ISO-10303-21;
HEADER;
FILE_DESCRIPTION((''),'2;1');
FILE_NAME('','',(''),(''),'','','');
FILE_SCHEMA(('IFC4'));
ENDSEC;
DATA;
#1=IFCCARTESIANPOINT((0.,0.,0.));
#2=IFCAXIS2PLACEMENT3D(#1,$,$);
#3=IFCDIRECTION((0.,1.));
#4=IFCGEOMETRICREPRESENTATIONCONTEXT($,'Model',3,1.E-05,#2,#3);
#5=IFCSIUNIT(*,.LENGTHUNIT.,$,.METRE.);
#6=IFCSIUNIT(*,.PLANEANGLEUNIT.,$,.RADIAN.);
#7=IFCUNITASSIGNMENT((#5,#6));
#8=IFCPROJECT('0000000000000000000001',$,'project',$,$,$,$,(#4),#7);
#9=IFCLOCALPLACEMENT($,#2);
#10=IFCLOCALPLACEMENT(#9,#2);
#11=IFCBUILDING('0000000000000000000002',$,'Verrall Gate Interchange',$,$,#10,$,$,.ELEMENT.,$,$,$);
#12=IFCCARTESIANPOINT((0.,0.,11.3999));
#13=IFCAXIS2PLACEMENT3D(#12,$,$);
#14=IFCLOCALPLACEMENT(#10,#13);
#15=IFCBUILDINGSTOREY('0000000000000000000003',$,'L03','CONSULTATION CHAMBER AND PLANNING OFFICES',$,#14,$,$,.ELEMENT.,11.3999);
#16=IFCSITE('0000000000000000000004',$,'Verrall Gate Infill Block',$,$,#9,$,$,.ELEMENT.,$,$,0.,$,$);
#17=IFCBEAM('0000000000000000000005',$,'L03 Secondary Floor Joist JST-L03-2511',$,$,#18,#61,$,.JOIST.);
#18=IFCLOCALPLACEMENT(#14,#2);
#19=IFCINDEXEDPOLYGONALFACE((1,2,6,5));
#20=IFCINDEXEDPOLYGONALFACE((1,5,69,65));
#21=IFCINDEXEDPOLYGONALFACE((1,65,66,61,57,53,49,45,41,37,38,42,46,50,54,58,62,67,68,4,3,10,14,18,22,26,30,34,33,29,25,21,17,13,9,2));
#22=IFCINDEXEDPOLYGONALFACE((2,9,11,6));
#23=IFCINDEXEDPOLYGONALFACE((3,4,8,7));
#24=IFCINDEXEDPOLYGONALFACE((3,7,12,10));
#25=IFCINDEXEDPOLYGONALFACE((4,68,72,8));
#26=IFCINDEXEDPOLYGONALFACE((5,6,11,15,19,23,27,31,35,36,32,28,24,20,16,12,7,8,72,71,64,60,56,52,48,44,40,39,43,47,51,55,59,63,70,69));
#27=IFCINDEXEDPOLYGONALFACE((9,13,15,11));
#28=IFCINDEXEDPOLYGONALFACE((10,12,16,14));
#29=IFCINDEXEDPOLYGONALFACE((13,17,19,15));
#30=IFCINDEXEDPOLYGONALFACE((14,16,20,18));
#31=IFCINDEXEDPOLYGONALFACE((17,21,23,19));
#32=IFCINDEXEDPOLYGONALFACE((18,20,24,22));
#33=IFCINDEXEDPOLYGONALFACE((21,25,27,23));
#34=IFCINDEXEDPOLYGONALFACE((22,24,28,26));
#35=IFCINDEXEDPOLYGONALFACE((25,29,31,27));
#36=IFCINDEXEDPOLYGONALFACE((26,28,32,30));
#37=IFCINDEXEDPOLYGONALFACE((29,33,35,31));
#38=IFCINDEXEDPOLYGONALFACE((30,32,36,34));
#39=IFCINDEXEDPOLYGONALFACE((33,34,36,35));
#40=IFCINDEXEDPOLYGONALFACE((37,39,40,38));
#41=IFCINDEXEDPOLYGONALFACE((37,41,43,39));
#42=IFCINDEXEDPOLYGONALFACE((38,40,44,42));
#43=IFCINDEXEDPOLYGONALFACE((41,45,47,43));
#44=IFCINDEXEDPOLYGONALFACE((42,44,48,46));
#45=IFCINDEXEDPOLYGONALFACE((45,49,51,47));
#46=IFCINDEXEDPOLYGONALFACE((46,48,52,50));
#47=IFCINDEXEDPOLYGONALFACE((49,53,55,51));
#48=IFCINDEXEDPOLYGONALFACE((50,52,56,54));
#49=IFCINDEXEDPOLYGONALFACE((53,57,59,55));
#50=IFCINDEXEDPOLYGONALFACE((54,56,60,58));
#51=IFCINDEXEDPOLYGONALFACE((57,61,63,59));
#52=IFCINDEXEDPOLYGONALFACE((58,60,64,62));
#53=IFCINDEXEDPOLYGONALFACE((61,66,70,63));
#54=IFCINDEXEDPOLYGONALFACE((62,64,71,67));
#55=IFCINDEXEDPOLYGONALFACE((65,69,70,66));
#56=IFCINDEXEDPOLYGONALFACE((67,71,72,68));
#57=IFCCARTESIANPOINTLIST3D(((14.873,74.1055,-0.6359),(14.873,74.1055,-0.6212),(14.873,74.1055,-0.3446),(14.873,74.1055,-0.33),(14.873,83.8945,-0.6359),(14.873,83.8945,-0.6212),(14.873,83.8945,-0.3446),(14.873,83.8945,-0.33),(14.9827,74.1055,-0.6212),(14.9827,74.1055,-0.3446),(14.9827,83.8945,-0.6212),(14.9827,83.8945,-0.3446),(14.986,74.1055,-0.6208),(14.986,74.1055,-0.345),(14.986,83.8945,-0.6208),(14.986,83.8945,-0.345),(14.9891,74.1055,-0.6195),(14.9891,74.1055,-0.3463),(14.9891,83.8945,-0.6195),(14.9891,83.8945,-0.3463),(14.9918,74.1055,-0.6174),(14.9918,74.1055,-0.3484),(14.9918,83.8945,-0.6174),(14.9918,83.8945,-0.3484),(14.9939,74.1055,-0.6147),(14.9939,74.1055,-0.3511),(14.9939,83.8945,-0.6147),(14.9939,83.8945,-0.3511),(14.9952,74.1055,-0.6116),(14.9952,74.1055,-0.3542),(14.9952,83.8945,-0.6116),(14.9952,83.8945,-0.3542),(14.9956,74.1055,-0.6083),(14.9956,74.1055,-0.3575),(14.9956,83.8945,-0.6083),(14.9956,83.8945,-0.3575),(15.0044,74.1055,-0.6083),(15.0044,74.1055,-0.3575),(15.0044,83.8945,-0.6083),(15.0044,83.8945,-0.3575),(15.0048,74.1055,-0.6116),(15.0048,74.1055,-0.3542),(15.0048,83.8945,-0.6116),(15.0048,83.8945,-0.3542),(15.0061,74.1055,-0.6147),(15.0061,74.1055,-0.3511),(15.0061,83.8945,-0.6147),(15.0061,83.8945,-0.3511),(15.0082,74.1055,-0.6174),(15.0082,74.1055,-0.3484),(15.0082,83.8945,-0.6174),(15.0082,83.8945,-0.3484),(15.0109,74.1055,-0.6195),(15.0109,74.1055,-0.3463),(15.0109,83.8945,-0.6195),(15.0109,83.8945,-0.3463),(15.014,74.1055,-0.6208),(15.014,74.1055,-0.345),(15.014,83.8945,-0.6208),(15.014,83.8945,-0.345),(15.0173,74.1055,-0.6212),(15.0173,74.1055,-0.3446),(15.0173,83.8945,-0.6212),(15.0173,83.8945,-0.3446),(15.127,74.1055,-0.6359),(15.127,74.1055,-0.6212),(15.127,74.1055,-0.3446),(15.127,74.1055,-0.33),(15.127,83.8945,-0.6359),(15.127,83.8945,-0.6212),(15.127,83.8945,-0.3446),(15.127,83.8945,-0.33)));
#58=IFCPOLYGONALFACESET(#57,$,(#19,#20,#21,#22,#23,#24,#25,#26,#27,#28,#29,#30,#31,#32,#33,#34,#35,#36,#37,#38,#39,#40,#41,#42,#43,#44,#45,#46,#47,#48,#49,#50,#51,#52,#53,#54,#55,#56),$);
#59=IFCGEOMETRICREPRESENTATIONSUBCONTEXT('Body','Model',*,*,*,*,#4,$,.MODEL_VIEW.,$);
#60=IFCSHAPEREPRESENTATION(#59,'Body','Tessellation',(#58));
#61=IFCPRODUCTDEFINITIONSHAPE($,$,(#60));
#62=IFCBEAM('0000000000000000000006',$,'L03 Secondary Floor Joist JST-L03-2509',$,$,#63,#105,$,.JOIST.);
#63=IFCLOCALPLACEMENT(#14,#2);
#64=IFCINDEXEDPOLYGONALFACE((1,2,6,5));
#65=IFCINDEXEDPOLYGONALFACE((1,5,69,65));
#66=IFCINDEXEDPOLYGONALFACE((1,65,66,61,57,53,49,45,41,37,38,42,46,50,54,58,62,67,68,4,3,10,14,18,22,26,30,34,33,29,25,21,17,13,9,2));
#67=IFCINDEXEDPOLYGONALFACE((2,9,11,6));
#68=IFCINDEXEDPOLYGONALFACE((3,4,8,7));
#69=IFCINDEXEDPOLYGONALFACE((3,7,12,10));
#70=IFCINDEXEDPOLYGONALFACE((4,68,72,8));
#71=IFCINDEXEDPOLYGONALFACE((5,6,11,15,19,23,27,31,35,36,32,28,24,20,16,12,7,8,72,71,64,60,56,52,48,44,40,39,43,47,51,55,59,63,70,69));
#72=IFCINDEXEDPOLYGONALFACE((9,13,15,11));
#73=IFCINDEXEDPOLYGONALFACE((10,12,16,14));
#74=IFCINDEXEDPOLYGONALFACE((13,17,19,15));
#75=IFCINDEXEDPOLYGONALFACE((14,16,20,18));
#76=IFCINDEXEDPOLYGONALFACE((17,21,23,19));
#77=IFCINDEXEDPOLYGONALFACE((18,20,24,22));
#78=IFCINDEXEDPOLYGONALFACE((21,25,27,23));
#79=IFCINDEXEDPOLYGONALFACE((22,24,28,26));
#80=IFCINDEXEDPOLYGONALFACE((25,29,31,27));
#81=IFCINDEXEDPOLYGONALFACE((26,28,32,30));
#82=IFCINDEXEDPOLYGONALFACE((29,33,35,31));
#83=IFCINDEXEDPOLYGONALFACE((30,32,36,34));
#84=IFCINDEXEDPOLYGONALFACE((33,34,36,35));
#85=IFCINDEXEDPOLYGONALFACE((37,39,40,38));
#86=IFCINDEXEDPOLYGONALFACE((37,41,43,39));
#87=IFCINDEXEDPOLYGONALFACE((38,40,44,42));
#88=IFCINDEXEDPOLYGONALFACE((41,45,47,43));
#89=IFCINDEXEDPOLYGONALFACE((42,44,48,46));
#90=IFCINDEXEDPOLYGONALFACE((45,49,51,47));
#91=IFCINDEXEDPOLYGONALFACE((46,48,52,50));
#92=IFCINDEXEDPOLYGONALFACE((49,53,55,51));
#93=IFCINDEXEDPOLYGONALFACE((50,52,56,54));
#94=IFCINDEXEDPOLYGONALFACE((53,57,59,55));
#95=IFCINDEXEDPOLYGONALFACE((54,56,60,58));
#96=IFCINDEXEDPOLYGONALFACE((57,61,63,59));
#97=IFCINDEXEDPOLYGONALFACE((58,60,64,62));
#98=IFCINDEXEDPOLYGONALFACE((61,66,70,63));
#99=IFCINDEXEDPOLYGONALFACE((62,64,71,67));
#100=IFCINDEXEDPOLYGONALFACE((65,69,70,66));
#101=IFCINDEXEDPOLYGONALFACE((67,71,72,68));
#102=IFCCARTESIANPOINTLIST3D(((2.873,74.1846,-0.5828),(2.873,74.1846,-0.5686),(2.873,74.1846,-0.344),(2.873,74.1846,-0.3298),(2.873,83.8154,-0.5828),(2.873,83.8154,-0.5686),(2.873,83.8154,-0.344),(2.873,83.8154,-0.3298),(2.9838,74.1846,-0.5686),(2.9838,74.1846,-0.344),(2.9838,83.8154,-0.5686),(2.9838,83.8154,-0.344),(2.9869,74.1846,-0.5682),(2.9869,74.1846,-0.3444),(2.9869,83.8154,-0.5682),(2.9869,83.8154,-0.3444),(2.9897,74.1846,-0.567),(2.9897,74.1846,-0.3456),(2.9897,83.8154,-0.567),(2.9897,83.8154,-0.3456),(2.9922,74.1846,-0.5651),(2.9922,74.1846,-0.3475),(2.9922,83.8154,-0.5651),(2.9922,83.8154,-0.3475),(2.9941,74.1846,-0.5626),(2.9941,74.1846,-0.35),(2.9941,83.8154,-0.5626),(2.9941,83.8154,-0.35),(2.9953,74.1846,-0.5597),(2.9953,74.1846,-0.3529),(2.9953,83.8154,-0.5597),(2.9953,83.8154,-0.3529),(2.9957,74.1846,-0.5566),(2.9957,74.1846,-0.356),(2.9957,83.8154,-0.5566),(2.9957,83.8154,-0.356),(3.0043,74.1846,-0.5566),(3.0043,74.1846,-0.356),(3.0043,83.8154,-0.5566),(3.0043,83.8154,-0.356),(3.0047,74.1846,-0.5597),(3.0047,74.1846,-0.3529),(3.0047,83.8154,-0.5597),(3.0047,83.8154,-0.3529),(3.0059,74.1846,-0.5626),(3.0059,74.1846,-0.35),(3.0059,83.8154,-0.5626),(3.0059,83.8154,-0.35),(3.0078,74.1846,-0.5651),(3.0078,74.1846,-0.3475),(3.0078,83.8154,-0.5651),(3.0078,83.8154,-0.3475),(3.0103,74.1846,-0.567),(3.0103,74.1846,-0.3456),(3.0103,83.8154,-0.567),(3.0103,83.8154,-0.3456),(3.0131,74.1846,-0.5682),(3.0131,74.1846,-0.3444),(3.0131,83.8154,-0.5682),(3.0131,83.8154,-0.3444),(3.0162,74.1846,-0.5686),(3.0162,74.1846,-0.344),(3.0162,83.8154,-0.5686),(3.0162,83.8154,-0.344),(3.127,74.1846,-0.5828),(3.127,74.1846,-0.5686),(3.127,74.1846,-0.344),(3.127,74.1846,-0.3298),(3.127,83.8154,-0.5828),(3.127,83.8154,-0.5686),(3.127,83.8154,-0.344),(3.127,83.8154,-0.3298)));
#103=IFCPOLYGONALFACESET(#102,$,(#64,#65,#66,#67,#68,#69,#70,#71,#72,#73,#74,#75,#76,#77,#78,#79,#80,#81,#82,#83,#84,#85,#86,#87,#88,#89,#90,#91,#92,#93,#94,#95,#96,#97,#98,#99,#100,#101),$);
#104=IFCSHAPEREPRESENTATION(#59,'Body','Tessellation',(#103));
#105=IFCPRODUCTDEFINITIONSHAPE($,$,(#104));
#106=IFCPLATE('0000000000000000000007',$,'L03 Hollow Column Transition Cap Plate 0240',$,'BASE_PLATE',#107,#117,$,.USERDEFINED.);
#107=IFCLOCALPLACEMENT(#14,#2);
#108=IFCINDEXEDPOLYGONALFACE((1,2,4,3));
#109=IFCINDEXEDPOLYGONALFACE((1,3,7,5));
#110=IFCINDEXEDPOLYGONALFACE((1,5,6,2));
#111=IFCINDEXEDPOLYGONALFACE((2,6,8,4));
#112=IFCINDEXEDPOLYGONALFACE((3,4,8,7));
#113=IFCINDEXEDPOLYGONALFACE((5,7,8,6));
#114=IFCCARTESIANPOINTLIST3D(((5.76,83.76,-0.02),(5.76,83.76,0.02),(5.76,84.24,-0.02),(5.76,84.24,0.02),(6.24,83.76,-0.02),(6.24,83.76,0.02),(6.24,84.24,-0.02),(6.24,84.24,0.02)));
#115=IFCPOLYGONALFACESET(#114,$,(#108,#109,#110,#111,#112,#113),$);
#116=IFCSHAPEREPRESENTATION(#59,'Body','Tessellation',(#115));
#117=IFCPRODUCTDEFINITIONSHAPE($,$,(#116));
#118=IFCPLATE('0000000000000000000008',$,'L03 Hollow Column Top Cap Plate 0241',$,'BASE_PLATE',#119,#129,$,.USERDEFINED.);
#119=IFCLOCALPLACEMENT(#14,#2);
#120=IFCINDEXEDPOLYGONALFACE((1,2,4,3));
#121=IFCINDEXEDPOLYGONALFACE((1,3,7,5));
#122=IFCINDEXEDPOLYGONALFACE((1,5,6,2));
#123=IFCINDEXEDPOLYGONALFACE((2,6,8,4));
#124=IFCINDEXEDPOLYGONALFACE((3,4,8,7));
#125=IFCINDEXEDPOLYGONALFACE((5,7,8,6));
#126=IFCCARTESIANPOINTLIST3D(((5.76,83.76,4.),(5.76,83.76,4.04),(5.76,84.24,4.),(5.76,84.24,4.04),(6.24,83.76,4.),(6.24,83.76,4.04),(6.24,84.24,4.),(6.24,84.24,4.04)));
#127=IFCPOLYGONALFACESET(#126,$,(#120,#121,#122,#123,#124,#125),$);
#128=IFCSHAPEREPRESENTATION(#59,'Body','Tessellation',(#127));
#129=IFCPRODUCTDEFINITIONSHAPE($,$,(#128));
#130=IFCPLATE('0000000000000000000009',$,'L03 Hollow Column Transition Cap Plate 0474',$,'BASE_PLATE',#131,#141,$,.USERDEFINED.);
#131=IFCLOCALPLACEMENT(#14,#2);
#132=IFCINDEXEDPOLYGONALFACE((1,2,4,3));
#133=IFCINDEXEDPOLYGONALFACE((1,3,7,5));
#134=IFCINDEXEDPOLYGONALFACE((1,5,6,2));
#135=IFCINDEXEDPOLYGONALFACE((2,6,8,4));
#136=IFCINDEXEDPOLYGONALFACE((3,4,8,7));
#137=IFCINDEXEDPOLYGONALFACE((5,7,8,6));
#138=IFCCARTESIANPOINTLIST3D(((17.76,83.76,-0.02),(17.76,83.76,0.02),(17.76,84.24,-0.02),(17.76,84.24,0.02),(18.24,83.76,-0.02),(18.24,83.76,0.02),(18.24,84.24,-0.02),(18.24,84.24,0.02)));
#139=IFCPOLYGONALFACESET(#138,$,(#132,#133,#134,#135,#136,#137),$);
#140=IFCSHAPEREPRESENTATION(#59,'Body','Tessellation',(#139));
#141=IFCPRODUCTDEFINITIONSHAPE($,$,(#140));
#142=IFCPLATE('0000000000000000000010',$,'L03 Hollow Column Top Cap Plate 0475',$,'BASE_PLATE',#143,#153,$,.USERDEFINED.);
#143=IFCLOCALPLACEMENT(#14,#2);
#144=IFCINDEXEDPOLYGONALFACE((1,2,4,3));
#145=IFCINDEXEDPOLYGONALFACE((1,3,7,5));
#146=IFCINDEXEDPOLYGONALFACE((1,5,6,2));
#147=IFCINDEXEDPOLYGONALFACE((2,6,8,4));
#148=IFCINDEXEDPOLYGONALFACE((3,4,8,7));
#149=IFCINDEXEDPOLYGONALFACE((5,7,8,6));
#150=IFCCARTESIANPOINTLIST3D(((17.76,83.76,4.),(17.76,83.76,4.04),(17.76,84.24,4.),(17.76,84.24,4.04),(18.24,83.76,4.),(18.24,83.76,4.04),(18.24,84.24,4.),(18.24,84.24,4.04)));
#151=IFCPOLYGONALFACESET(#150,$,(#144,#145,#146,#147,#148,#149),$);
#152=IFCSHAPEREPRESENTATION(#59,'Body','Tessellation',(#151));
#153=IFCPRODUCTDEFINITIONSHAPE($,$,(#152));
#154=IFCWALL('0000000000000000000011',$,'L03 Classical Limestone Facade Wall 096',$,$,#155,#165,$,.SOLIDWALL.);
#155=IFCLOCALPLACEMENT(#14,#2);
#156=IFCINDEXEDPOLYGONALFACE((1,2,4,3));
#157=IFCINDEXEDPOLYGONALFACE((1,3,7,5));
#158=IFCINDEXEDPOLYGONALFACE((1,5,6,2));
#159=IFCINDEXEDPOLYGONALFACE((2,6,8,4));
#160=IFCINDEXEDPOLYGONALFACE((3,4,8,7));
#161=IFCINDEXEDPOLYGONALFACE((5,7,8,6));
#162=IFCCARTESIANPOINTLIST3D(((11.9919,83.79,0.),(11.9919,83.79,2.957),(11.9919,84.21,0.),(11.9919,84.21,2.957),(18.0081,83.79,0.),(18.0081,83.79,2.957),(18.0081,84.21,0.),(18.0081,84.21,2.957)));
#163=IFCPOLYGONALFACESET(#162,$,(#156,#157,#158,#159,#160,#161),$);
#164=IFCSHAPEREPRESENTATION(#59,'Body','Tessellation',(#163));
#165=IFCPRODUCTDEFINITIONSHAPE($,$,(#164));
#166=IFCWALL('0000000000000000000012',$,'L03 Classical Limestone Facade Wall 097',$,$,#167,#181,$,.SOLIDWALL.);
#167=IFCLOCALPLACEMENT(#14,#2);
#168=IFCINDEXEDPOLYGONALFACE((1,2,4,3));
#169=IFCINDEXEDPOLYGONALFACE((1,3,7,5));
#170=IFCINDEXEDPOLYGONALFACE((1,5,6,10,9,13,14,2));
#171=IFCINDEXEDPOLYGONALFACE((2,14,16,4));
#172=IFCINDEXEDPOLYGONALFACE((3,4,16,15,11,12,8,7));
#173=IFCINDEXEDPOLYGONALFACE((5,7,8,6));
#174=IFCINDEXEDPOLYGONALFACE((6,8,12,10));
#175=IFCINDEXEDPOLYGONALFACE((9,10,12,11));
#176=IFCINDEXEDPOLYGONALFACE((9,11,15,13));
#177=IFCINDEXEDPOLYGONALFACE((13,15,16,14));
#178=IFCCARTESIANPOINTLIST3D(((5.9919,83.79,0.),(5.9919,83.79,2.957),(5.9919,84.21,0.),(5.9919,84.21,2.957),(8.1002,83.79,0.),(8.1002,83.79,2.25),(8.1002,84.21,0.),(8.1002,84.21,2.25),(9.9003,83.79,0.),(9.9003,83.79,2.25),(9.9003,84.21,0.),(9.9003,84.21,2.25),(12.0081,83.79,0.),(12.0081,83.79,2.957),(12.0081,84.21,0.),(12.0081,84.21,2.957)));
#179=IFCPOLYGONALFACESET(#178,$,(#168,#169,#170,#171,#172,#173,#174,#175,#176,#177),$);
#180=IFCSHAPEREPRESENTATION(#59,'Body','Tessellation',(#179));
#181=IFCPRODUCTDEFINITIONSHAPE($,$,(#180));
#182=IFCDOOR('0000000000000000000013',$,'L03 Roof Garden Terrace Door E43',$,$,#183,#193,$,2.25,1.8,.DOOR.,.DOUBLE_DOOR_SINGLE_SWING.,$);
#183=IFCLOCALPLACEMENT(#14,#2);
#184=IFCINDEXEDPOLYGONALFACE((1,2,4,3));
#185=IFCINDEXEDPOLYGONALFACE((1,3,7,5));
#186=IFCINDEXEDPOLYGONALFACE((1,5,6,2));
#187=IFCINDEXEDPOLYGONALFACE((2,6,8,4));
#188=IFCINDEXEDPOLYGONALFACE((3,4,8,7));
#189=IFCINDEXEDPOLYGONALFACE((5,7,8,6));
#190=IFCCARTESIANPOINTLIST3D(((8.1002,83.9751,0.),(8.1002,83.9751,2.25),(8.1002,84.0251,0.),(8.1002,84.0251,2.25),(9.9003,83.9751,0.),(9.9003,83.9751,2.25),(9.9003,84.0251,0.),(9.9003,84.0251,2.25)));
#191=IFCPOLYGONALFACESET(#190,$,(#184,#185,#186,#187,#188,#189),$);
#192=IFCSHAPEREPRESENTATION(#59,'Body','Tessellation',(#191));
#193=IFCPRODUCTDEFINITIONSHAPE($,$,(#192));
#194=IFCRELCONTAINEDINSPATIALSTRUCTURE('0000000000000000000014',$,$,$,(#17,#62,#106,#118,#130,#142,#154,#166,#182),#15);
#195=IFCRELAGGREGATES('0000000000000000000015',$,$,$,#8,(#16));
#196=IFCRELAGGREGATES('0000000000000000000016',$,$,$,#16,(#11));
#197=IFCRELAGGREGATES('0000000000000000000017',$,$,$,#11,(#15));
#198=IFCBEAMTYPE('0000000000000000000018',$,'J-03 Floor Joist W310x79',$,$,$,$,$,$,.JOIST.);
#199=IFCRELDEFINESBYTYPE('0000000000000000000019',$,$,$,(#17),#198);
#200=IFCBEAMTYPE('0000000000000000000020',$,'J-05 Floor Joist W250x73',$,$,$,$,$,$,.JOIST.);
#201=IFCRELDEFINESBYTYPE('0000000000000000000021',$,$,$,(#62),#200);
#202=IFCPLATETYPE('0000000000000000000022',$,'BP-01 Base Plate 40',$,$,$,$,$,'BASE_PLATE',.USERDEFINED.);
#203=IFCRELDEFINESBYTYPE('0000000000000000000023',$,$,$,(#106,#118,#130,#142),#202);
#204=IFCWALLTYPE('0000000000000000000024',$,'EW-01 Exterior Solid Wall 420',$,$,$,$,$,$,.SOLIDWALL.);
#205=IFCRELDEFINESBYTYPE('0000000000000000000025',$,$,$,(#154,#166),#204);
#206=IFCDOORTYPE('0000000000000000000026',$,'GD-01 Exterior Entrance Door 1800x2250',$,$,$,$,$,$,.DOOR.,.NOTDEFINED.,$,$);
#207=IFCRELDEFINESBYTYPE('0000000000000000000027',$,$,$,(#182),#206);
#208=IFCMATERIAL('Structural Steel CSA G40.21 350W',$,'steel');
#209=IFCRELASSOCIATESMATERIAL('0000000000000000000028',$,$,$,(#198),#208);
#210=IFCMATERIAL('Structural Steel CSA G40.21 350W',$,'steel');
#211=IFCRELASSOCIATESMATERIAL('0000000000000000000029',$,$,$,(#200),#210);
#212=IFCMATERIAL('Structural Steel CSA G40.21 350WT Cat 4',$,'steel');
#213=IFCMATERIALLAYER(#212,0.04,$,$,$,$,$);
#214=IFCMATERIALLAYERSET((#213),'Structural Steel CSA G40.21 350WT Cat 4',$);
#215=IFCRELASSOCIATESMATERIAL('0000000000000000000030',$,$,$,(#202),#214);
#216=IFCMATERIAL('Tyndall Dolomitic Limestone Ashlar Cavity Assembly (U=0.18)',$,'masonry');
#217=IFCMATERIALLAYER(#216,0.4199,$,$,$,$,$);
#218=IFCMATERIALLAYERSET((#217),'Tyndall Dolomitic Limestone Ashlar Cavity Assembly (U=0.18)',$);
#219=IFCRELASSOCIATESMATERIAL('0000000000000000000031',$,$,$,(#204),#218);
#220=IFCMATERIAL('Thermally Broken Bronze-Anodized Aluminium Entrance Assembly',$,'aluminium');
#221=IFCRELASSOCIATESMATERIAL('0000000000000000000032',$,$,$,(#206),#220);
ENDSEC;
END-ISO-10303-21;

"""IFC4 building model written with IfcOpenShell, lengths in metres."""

from ifc_helpers import new_model, si_unit, direction, frame, frame_2d, origin, origin_2d, place, context, subcontext, project, spatial, rectangle, i_section, extrude, material, layer, layer_set, material_profile, profile_set, type_object, element, fill, save


model = new_model("IFC4")

# Units and contexts
model_context = context("Model", 3, precision=1e-05, world=origin(), true_north=direction((0.0, 1.0)))
body_context = subcontext(model_context, "Body", "Model", "MODEL_VIEW")
ifc_project = project(units=[si_unit("LENGTHUNIT", "METRE"), si_unit("PLANEANGLEUNIT", "RADIAN")], contexts=[model_context])

# Site, building, storey
site_placement = place(None, origin())
site = spatial("IfcSite", under=ifc_project, at=site_placement, Name="Verrall Gate Infill Block", CompositionType="ELEMENT", RefElevation=0.0)
building_placement = place(site_placement, origin())
building = spatial("IfcBuilding", under=site, at=building_placement, Name="Verrall Gate Interchange", CompositionType="ELEMENT")
storey_placement = place(building_placement, frame((0.0, 0.0, 11.3999)))
storey = spatial("IfcBuildingStorey", under=building, at=storey_placement, Name="L03", Description="CONSULTATION CHAMBER AND PLANNING OFFICES", CompositionType="ELEMENT", Elevation=11.3999)

# Beams
ifc_material_1 = material(Name="Structural Steel CSA G40.21 350W", Category="steel")
ifc_material_profile_1 = material_profile(ifc_material_1, i_section(OverallWidth=0.2539, OverallDepth=0.3059, WebThickness=0.0088, FlangeThickness=0.0146, FilletRadius=0.0129, at=origin_2d()), Name="W310x79")
ifc_profile_set_1 = profile_set([ifc_material_profile_1], Name="Structural Steel CSA G40.21 350W")
beam_type_1 = type_object("IfcBeamType", Name="J-03 Floor Joist W310x79", PredefinedType="JOIST", material=ifc_profile_set_1)
beam_1_placement = place(storey_placement, frame((15.0, 74.1055, -0.4829), z_axis=(0.0, 1.0, 0.0), x_axis=(-1.0, 0.0, 0.0)))
element("IfcBeam", 1, at=beam_1_placement, inside=storey, type_object=beam_type_1, Name="L03 Secondary Floor Joist JST-L03-2511", PredefinedType="JOIST", context=body_context, shape_type="SweptSolid", body=[
    extrude(i_section(OverallWidth=0.2539, OverallDepth=0.3059, WebThickness=0.0088, FlangeThickness=0.0146, FilletRadius=0.0129, at=origin_2d()), origin(), (0.0, 0.0, 1.0), 9.7891),
])
ifc_material_2 = material(Name="Structural Steel CSA G40.21 350W", Category="steel")
ifc_material_profile_2 = material_profile(ifc_material_2, i_section(OverallWidth=0.2539, OverallDepth=0.2529, WebThickness=0.0085, FlangeThickness=0.0142, FilletRadius=0.012, at=origin_2d()), Name="W250x73")
ifc_profile_set_2 = profile_set([ifc_material_profile_2], Name="Structural Steel CSA G40.21 350W")
beam_type_2 = type_object("IfcBeamType", Name="J-05 Floor Joist W250x73", PredefinedType="JOIST", material=ifc_profile_set_2)
beam_2_placement = place(storey_placement, frame((3.0, 74.1846, -0.4563), z_axis=(0.0, 1.0, 0.0), x_axis=(-1.0, 0.0, 0.0)))
element("IfcBeam", 2, at=beam_2_placement, inside=storey, type_object=beam_type_2, Name="L03 Secondary Floor Joist JST-L03-2509", PredefinedType="JOIST", context=body_context, shape_type="SweptSolid", body=[
    extrude(i_section(OverallWidth=0.2539, OverallDepth=0.2529, WebThickness=0.0085, FlangeThickness=0.0142, FilletRadius=0.012, at=origin_2d()), origin(), (0.0, 0.0, 1.0), 9.6309),
])

# Plates
ifc_material_3 = material(Name="Structural Steel CSA G40.21 350WT Cat 4", Category="steel")
ifc_layer_1 = layer(ifc_material_3, 0.04)
ifc_layer_set_1 = layer_set([ifc_layer_1], Name="Structural Steel CSA G40.21 350WT Cat 4")
plate_type = type_object("IfcPlateType", Name="BP-01 Base Plate 40", ElementType="BASE_PLATE", PredefinedType="USERDEFINED", material=ifc_layer_set_1)
for number, where, z_axis, x_axis, name in (
    (3, (6.0, 84.0, -0.02), (0.0, 0.0, 1.0), (1.0, 0.0, 0.0), "L03 Hollow Column Transition Cap Plate 0240"),
    (4, (6.0, 84.0, 4.0), (0.0, 0.0, 1.0), (1.0, 0.0, 0.0), "L03 Hollow Column Top Cap Plate 0241"),
    (5, (18.0, 84.0, -0.02), (0.0, 0.0, 1.0), (1.0, 0.0, 0.0), "L03 Hollow Column Transition Cap Plate 0474"),
    (6, (18.0, 84.0, 4.0), (0.0, 0.0, 1.0), (1.0, 0.0, 0.0), "L03 Hollow Column Top Cap Plate 0475"),
):
    element("IfcPlate", number, at=place(storey_placement, frame(where, z_axis=z_axis, x_axis=x_axis)), inside=storey, type_object=plate_type, Name=name, ObjectType="BASE_PLATE", PredefinedType="USERDEFINED", context=body_context, shape_type="SweptSolid", body=[
        extrude(rectangle(XDim=0.48, YDim=0.48, at=origin_2d()), origin(), (0.0, 0.0, 1.0), 0.04),
    ])

# Wall
ifc_material_4 = material(Name="Tyndall Dolomitic Limestone Ashlar Cavity Assembly (U=0.18)", Category="masonry")
ifc_layer_2 = layer(ifc_material_4, 0.4199)
ifc_layer_set_2 = layer_set([ifc_layer_2], Name="Tyndall Dolomitic Limestone Ashlar Cavity Assembly (U=0.18)")
wall_type = type_object("IfcWallType", Name="EW-01 Exterior Solid Wall 420", PredefinedType="SOLIDWALL", material=ifc_layer_set_2)
wall_1_placement = place(storey_placement, frame((18.0081, 84.0, 0.0), z_axis=(0.0, 0.0, 1.0), x_axis=(-1.0, 0.0, 0.0)))
element("IfcWall", 7, at=wall_1_placement, inside=storey, type_object=wall_type, Name="L03 Classical Limestone Facade Wall 096", PredefinedType="SOLIDWALL", context=body_context, shape_type="SweptSolid", body=[
    extrude(rectangle(XDim=6.0161, YDim=0.4199, at=frame_2d((3.0081, 0.0))), origin(), (0.0, 0.0, 1.0), 2.957),
])

# Wall, opening, door
wall_2_placement = place(storey_placement, frame((12.0081, 84.0, 0.0), z_axis=(0.0, 0.0, 1.0), x_axis=(-1.0, 0.0, 0.0)))
wall_2 = element("IfcWall", 8, at=wall_2_placement, inside=storey, type_object=wall_type, Name="L03 Classical Limestone Facade Wall 097", PredefinedType="SOLIDWALL", context=body_context, shape_type="SweptSolid", body=[
    extrude(rectangle(XDim=6.0161, YDim=0.4199, at=frame_2d((3.0081, 0.0))), origin(), (0.0, 0.0, 1.0), 2.957),
])
opening_placement = place(wall_2_placement, frame((2.1079, 0.0, 0.0)))
opening = element("IfcOpeningElement", 9, at=opening_placement, cuts=wall_2, PredefinedType="OPENING", context=body_context, shape_type="SweptSolid", body=[
    extrude(rectangle(XDim=1.8, YDim=2.25, at=frame_2d((0.8999, 1.125))), frame((0.0, 0.2249, 0.0), z_axis=(0.0, -1.0, 0.0), x_axis=(1.0, 0.0, 0.0)), (0.0, 0.0, 1.0), 0.4497),
])
ifc_material_5 = material(Name="Thermally Broken Bronze-Anodized Aluminium Entrance Assembly", Category="aluminium")
door_type = type_object("IfcDoorType", Name="GD-01 Exterior Entrance Door 1800x2250", OperationType="NOTDEFINED", PredefinedType="DOOR", material=ifc_material_5)
door_placement = place(opening_placement, origin())
door = element("IfcDoor", 10, at=door_placement, inside=storey, type_object=door_type, Name="L03 Roof Garden Terrace Door E43", OperationType="DOUBLE_DOOR_SINGLE_SWING", OverallHeight=2.25, OverallWidth=1.8, PredefinedType="DOOR", context=body_context, shape_type="SweptSolid", body=[
    extrude(rectangle(XDim=1.8, YDim=2.25, at=frame_2d((0.8999, 1.125))), frame((0.0, 0.0249, 0.0), z_axis=(0.0, -1.0, 0.0), x_axis=(1.0, 0.0, 0.0)), (0.0, 0.0, 1.0), 0.05),
])
fill(opening, door)

save(model, "model.ifc")
